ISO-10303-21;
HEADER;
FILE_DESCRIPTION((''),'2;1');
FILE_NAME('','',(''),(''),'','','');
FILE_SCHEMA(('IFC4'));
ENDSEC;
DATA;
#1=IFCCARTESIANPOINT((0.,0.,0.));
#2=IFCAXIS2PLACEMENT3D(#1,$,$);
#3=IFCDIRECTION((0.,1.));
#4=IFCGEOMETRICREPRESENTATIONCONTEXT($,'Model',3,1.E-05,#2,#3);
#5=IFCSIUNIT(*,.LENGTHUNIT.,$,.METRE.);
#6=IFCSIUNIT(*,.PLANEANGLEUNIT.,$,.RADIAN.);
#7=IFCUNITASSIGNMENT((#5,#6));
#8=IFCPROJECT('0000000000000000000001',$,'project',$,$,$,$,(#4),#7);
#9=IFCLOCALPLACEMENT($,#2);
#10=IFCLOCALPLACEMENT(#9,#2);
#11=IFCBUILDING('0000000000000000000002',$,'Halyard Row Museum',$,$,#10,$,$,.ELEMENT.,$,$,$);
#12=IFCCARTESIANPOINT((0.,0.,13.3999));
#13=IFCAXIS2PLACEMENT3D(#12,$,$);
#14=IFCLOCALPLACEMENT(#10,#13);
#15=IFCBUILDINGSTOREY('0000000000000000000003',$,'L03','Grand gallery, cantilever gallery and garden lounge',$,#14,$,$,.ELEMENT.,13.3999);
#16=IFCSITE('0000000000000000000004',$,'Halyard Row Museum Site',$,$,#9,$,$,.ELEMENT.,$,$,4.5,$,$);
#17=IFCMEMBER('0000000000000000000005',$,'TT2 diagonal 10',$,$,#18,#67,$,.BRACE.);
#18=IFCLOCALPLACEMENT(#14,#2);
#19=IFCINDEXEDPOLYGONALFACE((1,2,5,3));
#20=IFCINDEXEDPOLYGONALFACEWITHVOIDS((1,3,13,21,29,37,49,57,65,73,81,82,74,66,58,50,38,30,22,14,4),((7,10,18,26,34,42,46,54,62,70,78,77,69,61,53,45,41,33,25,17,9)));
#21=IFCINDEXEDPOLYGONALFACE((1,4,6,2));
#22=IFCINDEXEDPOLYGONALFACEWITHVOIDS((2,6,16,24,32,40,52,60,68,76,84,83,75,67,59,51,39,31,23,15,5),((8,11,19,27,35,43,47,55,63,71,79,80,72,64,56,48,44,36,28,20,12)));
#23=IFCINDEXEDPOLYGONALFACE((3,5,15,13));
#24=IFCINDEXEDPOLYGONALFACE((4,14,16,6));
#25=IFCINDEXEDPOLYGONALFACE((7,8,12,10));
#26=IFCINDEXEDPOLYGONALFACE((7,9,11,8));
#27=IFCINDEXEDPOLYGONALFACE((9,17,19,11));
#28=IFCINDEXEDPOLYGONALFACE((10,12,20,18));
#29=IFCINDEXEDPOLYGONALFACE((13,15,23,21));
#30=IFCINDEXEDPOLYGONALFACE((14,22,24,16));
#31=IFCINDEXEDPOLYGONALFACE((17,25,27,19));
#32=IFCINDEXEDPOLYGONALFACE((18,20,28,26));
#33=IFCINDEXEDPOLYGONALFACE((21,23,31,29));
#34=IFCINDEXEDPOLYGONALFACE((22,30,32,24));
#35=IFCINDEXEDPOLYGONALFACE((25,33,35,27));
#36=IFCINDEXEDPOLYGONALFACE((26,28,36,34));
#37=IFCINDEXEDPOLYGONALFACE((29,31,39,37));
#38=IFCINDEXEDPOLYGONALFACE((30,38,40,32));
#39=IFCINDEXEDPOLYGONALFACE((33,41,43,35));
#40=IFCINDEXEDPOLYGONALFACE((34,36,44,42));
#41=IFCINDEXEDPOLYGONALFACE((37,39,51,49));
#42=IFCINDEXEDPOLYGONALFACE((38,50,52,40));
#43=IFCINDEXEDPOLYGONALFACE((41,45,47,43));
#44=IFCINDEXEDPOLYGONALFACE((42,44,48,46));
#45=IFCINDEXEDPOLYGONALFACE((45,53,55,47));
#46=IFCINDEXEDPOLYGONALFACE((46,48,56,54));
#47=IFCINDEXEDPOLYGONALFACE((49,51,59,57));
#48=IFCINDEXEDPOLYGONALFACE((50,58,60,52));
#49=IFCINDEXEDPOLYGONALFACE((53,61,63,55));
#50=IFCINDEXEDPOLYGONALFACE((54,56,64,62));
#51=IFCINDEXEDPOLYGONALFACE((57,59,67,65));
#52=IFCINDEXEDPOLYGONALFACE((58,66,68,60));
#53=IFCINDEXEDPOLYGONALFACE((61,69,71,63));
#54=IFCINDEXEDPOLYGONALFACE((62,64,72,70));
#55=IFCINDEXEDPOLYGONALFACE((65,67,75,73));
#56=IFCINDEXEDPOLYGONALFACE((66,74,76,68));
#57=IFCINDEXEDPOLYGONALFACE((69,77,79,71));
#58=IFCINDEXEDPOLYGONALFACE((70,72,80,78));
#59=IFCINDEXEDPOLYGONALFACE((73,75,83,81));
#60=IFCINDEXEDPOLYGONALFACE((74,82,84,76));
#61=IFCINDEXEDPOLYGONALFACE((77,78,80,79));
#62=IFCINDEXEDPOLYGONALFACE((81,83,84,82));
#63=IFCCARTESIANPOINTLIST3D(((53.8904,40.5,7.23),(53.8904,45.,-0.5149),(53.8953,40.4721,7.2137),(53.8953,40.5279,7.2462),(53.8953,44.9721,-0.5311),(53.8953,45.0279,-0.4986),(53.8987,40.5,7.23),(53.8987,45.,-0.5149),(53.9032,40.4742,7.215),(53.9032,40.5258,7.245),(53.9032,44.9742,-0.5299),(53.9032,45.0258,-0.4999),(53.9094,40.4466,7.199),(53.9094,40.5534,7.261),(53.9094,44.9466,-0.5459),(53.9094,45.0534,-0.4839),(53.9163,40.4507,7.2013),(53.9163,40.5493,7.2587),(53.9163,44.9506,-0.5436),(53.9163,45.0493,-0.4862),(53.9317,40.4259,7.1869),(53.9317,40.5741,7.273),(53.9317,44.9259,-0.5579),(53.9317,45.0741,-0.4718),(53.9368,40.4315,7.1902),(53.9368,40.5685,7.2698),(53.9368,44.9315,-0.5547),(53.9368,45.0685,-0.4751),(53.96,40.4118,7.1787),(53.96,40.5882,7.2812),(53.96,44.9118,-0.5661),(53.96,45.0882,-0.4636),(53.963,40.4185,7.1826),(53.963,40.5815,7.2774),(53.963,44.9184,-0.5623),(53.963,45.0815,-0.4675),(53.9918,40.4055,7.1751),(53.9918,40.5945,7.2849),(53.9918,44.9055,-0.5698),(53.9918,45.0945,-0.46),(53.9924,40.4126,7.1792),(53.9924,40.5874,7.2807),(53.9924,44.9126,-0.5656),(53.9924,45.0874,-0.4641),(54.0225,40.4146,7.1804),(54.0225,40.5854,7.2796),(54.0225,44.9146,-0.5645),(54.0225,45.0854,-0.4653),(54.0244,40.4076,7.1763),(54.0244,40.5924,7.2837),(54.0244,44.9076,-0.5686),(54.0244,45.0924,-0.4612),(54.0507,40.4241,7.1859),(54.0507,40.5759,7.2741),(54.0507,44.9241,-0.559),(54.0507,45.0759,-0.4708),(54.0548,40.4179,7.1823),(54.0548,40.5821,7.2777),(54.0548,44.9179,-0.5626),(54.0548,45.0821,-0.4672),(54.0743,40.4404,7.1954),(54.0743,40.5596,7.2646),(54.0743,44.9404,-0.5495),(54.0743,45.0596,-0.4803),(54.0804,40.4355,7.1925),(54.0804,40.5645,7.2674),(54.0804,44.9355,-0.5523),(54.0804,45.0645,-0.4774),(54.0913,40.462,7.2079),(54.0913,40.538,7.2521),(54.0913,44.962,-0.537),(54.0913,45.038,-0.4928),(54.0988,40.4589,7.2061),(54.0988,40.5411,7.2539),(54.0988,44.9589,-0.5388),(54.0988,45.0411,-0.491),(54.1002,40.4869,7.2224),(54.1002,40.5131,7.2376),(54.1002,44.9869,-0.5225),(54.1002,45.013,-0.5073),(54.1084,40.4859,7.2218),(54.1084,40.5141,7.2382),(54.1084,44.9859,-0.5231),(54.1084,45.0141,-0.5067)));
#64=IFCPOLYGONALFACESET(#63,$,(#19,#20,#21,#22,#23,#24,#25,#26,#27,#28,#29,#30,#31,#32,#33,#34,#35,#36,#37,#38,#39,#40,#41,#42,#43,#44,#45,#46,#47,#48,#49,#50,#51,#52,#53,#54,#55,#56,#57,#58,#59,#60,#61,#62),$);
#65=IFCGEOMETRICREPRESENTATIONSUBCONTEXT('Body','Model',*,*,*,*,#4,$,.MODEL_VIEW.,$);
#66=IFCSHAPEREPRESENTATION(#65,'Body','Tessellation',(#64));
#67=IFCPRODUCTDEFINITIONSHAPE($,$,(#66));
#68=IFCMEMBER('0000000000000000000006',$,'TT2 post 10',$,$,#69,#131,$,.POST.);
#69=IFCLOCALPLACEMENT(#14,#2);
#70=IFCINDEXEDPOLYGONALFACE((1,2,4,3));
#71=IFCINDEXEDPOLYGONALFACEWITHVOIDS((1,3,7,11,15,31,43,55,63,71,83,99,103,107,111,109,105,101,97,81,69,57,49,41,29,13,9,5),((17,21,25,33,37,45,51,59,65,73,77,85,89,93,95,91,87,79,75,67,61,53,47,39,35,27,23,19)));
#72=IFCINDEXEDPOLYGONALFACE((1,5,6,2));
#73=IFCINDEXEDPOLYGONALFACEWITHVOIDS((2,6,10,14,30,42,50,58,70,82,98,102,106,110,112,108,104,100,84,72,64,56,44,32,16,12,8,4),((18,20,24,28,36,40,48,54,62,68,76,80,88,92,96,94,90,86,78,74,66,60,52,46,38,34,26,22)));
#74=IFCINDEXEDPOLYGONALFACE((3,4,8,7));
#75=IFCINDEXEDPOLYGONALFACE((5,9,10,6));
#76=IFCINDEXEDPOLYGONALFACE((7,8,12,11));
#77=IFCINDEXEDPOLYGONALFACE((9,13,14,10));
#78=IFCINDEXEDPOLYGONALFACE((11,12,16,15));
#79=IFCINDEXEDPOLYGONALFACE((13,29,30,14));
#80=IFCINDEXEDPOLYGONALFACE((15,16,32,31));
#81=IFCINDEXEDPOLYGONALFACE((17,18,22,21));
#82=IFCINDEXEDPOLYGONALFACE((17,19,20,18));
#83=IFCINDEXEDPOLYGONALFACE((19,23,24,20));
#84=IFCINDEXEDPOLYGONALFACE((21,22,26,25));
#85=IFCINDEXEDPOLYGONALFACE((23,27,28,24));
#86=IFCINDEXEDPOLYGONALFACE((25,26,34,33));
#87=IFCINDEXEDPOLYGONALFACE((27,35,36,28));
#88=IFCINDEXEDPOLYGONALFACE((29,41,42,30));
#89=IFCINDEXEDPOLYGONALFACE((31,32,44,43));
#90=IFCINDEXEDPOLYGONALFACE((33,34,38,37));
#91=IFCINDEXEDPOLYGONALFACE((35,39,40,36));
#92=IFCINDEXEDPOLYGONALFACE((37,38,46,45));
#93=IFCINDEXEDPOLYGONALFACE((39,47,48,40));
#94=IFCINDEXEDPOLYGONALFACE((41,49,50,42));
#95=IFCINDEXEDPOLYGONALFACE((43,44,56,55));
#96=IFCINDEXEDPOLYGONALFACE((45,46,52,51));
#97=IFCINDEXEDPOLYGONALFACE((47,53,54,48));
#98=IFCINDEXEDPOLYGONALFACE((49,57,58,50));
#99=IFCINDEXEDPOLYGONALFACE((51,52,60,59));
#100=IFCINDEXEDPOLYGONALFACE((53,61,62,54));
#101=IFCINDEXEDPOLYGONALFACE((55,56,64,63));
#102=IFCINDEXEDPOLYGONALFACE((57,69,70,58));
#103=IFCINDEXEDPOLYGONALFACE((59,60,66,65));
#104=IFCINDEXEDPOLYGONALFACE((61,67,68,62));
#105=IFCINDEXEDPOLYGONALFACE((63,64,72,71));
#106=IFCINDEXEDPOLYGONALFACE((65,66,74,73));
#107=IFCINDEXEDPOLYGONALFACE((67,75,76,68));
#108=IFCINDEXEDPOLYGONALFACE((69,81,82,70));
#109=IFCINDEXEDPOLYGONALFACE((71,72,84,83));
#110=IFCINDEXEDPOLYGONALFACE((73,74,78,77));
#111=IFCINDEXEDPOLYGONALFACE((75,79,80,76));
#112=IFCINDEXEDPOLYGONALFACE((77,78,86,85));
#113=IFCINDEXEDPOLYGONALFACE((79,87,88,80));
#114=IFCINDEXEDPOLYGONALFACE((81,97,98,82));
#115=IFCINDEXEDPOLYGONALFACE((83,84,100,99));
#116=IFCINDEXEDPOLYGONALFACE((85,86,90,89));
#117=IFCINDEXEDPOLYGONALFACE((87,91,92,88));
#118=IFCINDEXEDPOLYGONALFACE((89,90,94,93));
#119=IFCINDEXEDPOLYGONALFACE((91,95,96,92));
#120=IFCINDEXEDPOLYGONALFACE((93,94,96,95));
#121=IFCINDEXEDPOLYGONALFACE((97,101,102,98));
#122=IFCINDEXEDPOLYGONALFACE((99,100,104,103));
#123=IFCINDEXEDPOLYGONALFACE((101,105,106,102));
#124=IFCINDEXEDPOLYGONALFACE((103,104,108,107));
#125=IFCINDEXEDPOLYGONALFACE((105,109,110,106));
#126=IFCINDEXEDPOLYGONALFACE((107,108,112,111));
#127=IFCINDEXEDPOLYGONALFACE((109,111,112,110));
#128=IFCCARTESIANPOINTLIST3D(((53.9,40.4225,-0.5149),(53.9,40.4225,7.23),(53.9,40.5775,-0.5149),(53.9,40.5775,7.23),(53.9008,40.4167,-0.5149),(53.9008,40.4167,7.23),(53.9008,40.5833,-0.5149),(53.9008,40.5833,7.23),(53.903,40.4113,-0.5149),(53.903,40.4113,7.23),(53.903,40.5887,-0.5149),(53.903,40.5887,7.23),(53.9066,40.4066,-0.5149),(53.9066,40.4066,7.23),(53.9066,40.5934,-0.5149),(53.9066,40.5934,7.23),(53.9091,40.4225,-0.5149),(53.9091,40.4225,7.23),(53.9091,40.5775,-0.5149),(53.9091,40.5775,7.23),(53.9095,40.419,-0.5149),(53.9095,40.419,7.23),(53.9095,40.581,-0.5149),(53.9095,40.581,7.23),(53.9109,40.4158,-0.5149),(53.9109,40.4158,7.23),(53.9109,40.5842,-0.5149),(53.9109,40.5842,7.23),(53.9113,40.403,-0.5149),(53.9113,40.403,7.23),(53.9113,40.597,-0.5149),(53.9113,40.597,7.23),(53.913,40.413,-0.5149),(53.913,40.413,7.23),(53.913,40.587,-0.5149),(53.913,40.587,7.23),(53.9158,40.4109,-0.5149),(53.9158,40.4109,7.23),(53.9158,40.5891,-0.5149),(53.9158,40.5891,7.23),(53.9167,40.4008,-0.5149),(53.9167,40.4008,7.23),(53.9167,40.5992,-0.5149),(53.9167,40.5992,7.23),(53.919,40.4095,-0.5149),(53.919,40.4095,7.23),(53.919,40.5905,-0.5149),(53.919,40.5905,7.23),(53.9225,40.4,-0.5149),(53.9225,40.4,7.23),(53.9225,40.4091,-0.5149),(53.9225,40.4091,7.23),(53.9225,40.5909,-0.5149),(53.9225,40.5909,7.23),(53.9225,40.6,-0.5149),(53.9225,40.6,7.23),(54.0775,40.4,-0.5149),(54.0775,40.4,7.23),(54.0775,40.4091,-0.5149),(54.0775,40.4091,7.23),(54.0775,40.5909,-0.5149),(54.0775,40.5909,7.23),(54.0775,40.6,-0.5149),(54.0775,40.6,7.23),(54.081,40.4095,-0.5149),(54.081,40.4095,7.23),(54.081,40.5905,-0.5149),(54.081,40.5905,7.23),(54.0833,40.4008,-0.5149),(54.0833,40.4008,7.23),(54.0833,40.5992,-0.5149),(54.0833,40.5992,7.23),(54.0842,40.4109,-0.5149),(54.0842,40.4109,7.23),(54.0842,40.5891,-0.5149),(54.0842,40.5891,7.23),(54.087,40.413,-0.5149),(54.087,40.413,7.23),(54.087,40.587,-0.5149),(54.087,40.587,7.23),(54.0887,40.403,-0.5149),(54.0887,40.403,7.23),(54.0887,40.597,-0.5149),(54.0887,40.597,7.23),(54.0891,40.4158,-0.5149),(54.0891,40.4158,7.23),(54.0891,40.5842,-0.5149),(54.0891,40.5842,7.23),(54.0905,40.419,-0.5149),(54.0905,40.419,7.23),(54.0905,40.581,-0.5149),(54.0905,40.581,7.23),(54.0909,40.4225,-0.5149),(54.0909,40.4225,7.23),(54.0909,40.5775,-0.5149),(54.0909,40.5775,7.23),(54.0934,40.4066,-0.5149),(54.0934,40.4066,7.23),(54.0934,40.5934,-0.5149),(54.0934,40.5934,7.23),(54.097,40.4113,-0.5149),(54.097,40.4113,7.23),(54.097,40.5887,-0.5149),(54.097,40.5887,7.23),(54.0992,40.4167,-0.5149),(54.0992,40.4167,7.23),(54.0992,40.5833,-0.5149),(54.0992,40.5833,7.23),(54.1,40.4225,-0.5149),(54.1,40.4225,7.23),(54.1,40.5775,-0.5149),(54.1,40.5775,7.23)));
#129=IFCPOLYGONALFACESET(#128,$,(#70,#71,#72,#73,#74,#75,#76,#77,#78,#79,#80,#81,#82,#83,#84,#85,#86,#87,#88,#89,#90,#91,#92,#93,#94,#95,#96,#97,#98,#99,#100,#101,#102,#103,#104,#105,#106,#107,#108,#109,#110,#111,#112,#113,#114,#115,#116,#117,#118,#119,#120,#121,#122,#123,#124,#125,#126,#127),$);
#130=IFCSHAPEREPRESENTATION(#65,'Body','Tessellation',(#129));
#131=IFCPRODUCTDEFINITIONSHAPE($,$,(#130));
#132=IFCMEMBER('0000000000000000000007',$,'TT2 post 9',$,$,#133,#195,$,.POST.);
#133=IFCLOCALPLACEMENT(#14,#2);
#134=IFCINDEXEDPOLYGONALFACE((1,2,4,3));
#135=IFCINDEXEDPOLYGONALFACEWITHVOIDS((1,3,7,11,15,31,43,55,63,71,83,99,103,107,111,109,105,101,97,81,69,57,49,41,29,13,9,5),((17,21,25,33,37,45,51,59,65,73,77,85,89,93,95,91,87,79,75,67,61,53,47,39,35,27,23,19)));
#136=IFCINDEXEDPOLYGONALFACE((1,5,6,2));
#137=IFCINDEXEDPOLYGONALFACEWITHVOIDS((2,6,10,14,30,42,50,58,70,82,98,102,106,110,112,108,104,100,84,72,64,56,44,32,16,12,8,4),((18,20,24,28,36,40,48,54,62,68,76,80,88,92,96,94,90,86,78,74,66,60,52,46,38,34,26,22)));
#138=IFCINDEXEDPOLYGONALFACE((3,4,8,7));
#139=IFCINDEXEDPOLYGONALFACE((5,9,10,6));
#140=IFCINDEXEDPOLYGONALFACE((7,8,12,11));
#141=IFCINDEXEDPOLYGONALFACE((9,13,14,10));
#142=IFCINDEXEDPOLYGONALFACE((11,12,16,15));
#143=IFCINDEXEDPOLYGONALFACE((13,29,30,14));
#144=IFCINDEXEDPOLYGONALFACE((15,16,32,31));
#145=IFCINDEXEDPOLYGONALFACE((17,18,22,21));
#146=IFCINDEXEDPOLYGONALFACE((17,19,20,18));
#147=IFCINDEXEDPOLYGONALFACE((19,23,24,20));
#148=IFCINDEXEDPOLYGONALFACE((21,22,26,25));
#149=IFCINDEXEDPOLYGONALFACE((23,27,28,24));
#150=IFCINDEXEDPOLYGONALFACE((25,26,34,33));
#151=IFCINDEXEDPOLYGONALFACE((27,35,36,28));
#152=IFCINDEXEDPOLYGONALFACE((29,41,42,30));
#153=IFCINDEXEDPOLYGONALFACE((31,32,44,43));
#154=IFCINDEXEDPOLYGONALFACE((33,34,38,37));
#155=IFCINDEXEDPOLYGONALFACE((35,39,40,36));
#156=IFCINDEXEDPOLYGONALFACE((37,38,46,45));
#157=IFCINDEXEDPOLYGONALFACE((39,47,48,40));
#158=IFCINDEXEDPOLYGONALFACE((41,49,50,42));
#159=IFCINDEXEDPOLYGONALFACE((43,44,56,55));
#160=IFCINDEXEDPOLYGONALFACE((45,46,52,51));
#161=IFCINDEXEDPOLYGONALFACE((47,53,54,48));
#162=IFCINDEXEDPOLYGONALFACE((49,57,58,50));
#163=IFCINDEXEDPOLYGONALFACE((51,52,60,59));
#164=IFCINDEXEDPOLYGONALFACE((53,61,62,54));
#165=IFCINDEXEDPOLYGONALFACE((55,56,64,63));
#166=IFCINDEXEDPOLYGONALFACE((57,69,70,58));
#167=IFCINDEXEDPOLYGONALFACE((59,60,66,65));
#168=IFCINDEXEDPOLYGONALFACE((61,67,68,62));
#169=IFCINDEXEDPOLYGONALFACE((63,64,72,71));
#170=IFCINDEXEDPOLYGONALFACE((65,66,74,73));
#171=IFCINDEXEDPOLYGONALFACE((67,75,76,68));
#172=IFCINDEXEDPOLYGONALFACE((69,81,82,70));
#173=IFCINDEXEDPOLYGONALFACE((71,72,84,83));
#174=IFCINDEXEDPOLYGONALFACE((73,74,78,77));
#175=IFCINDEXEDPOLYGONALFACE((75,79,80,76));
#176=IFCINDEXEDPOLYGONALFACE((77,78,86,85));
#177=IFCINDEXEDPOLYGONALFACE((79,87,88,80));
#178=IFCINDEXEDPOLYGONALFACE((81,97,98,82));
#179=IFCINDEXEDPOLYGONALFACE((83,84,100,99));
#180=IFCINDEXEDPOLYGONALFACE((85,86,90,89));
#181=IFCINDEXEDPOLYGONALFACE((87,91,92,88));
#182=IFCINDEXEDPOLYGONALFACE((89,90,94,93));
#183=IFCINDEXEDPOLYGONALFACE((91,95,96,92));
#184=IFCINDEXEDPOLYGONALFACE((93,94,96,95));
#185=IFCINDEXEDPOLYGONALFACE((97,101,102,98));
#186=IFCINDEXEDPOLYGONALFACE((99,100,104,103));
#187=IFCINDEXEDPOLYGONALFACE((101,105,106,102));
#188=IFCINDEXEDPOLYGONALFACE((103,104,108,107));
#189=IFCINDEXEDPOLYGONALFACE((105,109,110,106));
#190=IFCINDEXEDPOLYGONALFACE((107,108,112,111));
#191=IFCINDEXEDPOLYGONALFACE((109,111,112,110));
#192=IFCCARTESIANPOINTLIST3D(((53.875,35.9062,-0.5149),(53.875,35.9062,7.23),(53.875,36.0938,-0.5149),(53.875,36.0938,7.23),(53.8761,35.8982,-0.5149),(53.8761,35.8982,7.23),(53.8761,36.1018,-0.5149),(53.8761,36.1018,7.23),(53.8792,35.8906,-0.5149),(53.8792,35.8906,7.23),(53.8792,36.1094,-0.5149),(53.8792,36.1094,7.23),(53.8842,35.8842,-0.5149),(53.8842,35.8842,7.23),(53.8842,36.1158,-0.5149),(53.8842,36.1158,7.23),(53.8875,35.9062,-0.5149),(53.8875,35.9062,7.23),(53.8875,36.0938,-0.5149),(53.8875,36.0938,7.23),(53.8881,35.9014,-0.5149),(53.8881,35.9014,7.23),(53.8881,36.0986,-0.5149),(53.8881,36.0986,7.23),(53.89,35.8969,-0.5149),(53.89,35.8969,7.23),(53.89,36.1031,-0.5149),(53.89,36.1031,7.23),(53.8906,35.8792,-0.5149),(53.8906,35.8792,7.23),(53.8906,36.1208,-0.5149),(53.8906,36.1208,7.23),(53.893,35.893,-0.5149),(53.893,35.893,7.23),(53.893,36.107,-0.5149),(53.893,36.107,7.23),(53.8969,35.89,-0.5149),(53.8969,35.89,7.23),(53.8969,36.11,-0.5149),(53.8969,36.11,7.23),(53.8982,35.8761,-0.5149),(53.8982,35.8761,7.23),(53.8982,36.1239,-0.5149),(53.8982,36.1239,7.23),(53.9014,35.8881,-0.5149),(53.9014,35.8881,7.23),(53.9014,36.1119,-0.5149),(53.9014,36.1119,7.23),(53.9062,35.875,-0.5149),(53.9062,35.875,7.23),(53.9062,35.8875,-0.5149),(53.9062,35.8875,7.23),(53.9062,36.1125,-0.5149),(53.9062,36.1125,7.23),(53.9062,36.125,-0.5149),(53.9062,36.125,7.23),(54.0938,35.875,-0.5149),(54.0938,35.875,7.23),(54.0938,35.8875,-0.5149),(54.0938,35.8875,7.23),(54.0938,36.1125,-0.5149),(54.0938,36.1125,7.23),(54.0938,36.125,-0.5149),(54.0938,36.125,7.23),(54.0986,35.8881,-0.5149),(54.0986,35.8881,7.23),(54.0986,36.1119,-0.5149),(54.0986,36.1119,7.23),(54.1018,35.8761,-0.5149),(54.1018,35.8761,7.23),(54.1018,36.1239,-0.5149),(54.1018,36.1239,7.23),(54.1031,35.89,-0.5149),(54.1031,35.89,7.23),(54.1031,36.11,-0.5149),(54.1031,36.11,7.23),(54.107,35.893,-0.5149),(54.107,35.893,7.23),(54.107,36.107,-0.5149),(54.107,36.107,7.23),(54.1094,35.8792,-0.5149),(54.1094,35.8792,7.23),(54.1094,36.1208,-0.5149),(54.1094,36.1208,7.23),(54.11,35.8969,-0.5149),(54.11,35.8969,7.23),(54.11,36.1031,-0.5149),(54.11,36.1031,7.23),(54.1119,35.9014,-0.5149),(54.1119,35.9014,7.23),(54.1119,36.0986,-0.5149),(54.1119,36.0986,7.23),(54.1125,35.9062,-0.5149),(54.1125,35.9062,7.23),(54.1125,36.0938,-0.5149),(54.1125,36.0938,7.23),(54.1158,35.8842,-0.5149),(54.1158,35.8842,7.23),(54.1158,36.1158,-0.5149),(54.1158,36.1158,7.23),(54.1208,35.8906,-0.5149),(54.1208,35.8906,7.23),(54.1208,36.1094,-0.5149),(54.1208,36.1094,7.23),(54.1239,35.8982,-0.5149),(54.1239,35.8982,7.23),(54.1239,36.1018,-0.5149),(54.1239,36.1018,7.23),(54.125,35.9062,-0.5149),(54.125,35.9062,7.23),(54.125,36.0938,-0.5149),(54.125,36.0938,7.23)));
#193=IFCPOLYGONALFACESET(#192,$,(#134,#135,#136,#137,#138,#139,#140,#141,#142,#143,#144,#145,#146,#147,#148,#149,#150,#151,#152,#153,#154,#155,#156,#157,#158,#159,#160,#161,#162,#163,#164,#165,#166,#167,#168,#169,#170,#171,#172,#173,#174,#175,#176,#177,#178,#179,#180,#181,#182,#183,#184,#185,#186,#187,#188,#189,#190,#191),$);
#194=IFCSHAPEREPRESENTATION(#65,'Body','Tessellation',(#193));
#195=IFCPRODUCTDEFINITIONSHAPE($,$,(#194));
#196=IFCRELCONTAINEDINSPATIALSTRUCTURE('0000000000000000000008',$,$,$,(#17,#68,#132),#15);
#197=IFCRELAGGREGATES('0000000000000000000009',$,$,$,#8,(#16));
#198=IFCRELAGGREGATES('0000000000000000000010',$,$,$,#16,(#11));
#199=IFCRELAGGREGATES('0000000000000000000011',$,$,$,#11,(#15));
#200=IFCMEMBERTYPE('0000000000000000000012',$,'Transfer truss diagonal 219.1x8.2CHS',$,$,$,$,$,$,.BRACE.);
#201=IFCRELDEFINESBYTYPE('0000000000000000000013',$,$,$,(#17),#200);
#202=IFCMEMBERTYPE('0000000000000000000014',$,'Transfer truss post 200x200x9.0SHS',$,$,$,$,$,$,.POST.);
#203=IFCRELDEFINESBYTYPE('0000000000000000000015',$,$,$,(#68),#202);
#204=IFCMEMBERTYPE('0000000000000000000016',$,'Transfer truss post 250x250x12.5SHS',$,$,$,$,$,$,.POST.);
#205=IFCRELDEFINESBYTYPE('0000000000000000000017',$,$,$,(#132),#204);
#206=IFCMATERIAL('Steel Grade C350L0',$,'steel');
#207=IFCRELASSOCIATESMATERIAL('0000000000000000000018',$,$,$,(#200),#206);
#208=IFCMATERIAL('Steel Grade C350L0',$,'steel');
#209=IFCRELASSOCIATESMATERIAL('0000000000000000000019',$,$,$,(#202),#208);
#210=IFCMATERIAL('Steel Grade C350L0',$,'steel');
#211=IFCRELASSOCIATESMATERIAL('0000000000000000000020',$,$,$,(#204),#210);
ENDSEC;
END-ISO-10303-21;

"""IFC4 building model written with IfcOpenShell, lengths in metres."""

from ifc_helpers import new_model, si_unit, direction, frame, origin, origin_2d, place, context, subcontext, project, spatial, hollow_rectangle, hollow_circle, extrude, material, material_profile, profile_set, type_object, element, save


model = new_model("IFC4")

# Units and contexts
model_context = context("Model", 3, precision=1e-05, world=origin(), true_north=direction((0.0, 1.0)))
body_context = subcontext(model_context, "Body", "Model", "MODEL_VIEW")
ifc_project = project(units=[si_unit("LENGTHUNIT", "METRE"), si_unit("PLANEANGLEUNIT", "RADIAN")], contexts=[model_context])

# Site, building, storey
site_placement = place(None, origin())
site = spatial("IfcSite", under=ifc_project, at=site_placement, Name="Halyard Row Museum Site", CompositionType="ELEMENT", RefElevation=4.5)
building_placement = place(site_placement, origin())
building = spatial("IfcBuilding", under=site, at=building_placement, Name="Halyard Row Museum", CompositionType="ELEMENT")
storey_placement = place(building_placement, frame((0.0, 0.0, 13.3999)))
storey = spatial("IfcBuildingStorey", under=building, at=storey_placement, Name="L03", Description="Grand gallery, cantilever gallery and garden lounge", CompositionType="ELEMENT", Elevation=13.3999)

# Members
ifc_material_1 = material(Name="Steel Grade C350L0", Category="steel")
ifc_material_profile_1 = material_profile(ifc_material_1, hollow_circle(Radius=0.1096, WallThickness=0.0083, at=origin_2d()), Name="219.1x8.2CHS")
ifc_profile_set_1 = profile_set([ifc_material_profile_1], Name="Steel Grade C350L0")
member_type_1 = type_object("IfcMemberType", Name="Transfer truss diagonal 219.1x8.2CHS", PredefinedType="BRACE", material=ifc_profile_set_1)
for number, where, z_axis, x_axis, name in (
    (1, (54.0, 40.5, 7.23), (0.0, 0.502384, -0.864645), (-1.0, 0.0, 0.0), "TT2 diagonal 10"),
):
    element("IfcMember", number, at=place(storey_placement, frame(where, z_axis=z_axis, x_axis=x_axis)), inside=storey, type_object=member_type_1, Name=name, PredefinedType="BRACE", context=body_context, shape_type="SweptSolid", body=[
        extrude(hollow_circle(Radius=0.1096, WallThickness=0.0083, at=origin_2d()), origin(), (0.0, 0.0, 1.0), 8.9573),
    ])
ifc_material_2 = material(Name="Steel Grade C350L0", Category="steel")
ifc_material_profile_2 = material_profile(ifc_material_2, hollow_rectangle(XDim=0.2, YDim=0.2, WallThickness=0.009, InnerFilletRadius=0.0134, OuterFilletRadius=0.0225, at=origin_2d()), Name="200x200x9.0SHS")
ifc_profile_set_2 = profile_set([ifc_material_profile_2], Name="Steel Grade C350L0")
member_type_2 = type_object("IfcMemberType", Name="Transfer truss post 200x200x9.0SHS", PredefinedType="POST", material=ifc_profile_set_2)
member_1_placement = place(storey_placement, frame((54.0, 40.5, -0.5149), z_axis=(0.0, 0.0, 1.0), x_axis=(1.0, 0.0, 0.0)))
element("IfcMember", 2, at=member_1_placement, inside=storey, type_object=member_type_2, Name="TT2 post 10", PredefinedType="POST", context=body_context, shape_type="SweptSolid", body=[
    extrude(hollow_rectangle(XDim=0.2, YDim=0.2, WallThickness=0.009, InnerFilletRadius=0.0134, OuterFilletRadius=0.0225, at=origin_2d()), origin(), (0.0, 0.0, 1.0), 7.7449),
])
ifc_material_3 = material(Name="Steel Grade C350L0", Category="steel")
ifc_material_profile_3 = material_profile(ifc_material_3, hollow_rectangle(XDim=0.25, YDim=0.25, WallThickness=0.0125, InnerFilletRadius=0.0188, OuterFilletRadius=0.0312, at=origin_2d()), Name="250x250x12.5SHS")
ifc_profile_set_3 = profile_set([ifc_material_profile_3], Name="Steel Grade C350L0")
member_type_3 = type_object("IfcMemberType", Name="Transfer truss post 250x250x12.5SHS", PredefinedType="POST", material=ifc_profile_set_3)
for number, where, z_axis, x_axis, name in (
    (3, (54.0, 36.0, -0.5149), (0.0, 0.0, 1.0), (1.0, 0.0, 0.0), "TT2 post 9"),
):
    element("IfcMember", number, at=place(storey_placement, frame(where, z_axis=z_axis, x_axis=x_axis)), inside=storey, type_object=member_type_3, Name=name, PredefinedType="POST", context=body_context, shape_type="SweptSolid", body=[
        extrude(hollow_rectangle(XDim=0.25, YDim=0.25, WallThickness=0.0125, InnerFilletRadius=0.0188, OuterFilletRadius=0.0312, at=origin_2d()), origin(), (0.0, 0.0, 1.0), 7.7449),
    ])

save(model, "model.ifc")
